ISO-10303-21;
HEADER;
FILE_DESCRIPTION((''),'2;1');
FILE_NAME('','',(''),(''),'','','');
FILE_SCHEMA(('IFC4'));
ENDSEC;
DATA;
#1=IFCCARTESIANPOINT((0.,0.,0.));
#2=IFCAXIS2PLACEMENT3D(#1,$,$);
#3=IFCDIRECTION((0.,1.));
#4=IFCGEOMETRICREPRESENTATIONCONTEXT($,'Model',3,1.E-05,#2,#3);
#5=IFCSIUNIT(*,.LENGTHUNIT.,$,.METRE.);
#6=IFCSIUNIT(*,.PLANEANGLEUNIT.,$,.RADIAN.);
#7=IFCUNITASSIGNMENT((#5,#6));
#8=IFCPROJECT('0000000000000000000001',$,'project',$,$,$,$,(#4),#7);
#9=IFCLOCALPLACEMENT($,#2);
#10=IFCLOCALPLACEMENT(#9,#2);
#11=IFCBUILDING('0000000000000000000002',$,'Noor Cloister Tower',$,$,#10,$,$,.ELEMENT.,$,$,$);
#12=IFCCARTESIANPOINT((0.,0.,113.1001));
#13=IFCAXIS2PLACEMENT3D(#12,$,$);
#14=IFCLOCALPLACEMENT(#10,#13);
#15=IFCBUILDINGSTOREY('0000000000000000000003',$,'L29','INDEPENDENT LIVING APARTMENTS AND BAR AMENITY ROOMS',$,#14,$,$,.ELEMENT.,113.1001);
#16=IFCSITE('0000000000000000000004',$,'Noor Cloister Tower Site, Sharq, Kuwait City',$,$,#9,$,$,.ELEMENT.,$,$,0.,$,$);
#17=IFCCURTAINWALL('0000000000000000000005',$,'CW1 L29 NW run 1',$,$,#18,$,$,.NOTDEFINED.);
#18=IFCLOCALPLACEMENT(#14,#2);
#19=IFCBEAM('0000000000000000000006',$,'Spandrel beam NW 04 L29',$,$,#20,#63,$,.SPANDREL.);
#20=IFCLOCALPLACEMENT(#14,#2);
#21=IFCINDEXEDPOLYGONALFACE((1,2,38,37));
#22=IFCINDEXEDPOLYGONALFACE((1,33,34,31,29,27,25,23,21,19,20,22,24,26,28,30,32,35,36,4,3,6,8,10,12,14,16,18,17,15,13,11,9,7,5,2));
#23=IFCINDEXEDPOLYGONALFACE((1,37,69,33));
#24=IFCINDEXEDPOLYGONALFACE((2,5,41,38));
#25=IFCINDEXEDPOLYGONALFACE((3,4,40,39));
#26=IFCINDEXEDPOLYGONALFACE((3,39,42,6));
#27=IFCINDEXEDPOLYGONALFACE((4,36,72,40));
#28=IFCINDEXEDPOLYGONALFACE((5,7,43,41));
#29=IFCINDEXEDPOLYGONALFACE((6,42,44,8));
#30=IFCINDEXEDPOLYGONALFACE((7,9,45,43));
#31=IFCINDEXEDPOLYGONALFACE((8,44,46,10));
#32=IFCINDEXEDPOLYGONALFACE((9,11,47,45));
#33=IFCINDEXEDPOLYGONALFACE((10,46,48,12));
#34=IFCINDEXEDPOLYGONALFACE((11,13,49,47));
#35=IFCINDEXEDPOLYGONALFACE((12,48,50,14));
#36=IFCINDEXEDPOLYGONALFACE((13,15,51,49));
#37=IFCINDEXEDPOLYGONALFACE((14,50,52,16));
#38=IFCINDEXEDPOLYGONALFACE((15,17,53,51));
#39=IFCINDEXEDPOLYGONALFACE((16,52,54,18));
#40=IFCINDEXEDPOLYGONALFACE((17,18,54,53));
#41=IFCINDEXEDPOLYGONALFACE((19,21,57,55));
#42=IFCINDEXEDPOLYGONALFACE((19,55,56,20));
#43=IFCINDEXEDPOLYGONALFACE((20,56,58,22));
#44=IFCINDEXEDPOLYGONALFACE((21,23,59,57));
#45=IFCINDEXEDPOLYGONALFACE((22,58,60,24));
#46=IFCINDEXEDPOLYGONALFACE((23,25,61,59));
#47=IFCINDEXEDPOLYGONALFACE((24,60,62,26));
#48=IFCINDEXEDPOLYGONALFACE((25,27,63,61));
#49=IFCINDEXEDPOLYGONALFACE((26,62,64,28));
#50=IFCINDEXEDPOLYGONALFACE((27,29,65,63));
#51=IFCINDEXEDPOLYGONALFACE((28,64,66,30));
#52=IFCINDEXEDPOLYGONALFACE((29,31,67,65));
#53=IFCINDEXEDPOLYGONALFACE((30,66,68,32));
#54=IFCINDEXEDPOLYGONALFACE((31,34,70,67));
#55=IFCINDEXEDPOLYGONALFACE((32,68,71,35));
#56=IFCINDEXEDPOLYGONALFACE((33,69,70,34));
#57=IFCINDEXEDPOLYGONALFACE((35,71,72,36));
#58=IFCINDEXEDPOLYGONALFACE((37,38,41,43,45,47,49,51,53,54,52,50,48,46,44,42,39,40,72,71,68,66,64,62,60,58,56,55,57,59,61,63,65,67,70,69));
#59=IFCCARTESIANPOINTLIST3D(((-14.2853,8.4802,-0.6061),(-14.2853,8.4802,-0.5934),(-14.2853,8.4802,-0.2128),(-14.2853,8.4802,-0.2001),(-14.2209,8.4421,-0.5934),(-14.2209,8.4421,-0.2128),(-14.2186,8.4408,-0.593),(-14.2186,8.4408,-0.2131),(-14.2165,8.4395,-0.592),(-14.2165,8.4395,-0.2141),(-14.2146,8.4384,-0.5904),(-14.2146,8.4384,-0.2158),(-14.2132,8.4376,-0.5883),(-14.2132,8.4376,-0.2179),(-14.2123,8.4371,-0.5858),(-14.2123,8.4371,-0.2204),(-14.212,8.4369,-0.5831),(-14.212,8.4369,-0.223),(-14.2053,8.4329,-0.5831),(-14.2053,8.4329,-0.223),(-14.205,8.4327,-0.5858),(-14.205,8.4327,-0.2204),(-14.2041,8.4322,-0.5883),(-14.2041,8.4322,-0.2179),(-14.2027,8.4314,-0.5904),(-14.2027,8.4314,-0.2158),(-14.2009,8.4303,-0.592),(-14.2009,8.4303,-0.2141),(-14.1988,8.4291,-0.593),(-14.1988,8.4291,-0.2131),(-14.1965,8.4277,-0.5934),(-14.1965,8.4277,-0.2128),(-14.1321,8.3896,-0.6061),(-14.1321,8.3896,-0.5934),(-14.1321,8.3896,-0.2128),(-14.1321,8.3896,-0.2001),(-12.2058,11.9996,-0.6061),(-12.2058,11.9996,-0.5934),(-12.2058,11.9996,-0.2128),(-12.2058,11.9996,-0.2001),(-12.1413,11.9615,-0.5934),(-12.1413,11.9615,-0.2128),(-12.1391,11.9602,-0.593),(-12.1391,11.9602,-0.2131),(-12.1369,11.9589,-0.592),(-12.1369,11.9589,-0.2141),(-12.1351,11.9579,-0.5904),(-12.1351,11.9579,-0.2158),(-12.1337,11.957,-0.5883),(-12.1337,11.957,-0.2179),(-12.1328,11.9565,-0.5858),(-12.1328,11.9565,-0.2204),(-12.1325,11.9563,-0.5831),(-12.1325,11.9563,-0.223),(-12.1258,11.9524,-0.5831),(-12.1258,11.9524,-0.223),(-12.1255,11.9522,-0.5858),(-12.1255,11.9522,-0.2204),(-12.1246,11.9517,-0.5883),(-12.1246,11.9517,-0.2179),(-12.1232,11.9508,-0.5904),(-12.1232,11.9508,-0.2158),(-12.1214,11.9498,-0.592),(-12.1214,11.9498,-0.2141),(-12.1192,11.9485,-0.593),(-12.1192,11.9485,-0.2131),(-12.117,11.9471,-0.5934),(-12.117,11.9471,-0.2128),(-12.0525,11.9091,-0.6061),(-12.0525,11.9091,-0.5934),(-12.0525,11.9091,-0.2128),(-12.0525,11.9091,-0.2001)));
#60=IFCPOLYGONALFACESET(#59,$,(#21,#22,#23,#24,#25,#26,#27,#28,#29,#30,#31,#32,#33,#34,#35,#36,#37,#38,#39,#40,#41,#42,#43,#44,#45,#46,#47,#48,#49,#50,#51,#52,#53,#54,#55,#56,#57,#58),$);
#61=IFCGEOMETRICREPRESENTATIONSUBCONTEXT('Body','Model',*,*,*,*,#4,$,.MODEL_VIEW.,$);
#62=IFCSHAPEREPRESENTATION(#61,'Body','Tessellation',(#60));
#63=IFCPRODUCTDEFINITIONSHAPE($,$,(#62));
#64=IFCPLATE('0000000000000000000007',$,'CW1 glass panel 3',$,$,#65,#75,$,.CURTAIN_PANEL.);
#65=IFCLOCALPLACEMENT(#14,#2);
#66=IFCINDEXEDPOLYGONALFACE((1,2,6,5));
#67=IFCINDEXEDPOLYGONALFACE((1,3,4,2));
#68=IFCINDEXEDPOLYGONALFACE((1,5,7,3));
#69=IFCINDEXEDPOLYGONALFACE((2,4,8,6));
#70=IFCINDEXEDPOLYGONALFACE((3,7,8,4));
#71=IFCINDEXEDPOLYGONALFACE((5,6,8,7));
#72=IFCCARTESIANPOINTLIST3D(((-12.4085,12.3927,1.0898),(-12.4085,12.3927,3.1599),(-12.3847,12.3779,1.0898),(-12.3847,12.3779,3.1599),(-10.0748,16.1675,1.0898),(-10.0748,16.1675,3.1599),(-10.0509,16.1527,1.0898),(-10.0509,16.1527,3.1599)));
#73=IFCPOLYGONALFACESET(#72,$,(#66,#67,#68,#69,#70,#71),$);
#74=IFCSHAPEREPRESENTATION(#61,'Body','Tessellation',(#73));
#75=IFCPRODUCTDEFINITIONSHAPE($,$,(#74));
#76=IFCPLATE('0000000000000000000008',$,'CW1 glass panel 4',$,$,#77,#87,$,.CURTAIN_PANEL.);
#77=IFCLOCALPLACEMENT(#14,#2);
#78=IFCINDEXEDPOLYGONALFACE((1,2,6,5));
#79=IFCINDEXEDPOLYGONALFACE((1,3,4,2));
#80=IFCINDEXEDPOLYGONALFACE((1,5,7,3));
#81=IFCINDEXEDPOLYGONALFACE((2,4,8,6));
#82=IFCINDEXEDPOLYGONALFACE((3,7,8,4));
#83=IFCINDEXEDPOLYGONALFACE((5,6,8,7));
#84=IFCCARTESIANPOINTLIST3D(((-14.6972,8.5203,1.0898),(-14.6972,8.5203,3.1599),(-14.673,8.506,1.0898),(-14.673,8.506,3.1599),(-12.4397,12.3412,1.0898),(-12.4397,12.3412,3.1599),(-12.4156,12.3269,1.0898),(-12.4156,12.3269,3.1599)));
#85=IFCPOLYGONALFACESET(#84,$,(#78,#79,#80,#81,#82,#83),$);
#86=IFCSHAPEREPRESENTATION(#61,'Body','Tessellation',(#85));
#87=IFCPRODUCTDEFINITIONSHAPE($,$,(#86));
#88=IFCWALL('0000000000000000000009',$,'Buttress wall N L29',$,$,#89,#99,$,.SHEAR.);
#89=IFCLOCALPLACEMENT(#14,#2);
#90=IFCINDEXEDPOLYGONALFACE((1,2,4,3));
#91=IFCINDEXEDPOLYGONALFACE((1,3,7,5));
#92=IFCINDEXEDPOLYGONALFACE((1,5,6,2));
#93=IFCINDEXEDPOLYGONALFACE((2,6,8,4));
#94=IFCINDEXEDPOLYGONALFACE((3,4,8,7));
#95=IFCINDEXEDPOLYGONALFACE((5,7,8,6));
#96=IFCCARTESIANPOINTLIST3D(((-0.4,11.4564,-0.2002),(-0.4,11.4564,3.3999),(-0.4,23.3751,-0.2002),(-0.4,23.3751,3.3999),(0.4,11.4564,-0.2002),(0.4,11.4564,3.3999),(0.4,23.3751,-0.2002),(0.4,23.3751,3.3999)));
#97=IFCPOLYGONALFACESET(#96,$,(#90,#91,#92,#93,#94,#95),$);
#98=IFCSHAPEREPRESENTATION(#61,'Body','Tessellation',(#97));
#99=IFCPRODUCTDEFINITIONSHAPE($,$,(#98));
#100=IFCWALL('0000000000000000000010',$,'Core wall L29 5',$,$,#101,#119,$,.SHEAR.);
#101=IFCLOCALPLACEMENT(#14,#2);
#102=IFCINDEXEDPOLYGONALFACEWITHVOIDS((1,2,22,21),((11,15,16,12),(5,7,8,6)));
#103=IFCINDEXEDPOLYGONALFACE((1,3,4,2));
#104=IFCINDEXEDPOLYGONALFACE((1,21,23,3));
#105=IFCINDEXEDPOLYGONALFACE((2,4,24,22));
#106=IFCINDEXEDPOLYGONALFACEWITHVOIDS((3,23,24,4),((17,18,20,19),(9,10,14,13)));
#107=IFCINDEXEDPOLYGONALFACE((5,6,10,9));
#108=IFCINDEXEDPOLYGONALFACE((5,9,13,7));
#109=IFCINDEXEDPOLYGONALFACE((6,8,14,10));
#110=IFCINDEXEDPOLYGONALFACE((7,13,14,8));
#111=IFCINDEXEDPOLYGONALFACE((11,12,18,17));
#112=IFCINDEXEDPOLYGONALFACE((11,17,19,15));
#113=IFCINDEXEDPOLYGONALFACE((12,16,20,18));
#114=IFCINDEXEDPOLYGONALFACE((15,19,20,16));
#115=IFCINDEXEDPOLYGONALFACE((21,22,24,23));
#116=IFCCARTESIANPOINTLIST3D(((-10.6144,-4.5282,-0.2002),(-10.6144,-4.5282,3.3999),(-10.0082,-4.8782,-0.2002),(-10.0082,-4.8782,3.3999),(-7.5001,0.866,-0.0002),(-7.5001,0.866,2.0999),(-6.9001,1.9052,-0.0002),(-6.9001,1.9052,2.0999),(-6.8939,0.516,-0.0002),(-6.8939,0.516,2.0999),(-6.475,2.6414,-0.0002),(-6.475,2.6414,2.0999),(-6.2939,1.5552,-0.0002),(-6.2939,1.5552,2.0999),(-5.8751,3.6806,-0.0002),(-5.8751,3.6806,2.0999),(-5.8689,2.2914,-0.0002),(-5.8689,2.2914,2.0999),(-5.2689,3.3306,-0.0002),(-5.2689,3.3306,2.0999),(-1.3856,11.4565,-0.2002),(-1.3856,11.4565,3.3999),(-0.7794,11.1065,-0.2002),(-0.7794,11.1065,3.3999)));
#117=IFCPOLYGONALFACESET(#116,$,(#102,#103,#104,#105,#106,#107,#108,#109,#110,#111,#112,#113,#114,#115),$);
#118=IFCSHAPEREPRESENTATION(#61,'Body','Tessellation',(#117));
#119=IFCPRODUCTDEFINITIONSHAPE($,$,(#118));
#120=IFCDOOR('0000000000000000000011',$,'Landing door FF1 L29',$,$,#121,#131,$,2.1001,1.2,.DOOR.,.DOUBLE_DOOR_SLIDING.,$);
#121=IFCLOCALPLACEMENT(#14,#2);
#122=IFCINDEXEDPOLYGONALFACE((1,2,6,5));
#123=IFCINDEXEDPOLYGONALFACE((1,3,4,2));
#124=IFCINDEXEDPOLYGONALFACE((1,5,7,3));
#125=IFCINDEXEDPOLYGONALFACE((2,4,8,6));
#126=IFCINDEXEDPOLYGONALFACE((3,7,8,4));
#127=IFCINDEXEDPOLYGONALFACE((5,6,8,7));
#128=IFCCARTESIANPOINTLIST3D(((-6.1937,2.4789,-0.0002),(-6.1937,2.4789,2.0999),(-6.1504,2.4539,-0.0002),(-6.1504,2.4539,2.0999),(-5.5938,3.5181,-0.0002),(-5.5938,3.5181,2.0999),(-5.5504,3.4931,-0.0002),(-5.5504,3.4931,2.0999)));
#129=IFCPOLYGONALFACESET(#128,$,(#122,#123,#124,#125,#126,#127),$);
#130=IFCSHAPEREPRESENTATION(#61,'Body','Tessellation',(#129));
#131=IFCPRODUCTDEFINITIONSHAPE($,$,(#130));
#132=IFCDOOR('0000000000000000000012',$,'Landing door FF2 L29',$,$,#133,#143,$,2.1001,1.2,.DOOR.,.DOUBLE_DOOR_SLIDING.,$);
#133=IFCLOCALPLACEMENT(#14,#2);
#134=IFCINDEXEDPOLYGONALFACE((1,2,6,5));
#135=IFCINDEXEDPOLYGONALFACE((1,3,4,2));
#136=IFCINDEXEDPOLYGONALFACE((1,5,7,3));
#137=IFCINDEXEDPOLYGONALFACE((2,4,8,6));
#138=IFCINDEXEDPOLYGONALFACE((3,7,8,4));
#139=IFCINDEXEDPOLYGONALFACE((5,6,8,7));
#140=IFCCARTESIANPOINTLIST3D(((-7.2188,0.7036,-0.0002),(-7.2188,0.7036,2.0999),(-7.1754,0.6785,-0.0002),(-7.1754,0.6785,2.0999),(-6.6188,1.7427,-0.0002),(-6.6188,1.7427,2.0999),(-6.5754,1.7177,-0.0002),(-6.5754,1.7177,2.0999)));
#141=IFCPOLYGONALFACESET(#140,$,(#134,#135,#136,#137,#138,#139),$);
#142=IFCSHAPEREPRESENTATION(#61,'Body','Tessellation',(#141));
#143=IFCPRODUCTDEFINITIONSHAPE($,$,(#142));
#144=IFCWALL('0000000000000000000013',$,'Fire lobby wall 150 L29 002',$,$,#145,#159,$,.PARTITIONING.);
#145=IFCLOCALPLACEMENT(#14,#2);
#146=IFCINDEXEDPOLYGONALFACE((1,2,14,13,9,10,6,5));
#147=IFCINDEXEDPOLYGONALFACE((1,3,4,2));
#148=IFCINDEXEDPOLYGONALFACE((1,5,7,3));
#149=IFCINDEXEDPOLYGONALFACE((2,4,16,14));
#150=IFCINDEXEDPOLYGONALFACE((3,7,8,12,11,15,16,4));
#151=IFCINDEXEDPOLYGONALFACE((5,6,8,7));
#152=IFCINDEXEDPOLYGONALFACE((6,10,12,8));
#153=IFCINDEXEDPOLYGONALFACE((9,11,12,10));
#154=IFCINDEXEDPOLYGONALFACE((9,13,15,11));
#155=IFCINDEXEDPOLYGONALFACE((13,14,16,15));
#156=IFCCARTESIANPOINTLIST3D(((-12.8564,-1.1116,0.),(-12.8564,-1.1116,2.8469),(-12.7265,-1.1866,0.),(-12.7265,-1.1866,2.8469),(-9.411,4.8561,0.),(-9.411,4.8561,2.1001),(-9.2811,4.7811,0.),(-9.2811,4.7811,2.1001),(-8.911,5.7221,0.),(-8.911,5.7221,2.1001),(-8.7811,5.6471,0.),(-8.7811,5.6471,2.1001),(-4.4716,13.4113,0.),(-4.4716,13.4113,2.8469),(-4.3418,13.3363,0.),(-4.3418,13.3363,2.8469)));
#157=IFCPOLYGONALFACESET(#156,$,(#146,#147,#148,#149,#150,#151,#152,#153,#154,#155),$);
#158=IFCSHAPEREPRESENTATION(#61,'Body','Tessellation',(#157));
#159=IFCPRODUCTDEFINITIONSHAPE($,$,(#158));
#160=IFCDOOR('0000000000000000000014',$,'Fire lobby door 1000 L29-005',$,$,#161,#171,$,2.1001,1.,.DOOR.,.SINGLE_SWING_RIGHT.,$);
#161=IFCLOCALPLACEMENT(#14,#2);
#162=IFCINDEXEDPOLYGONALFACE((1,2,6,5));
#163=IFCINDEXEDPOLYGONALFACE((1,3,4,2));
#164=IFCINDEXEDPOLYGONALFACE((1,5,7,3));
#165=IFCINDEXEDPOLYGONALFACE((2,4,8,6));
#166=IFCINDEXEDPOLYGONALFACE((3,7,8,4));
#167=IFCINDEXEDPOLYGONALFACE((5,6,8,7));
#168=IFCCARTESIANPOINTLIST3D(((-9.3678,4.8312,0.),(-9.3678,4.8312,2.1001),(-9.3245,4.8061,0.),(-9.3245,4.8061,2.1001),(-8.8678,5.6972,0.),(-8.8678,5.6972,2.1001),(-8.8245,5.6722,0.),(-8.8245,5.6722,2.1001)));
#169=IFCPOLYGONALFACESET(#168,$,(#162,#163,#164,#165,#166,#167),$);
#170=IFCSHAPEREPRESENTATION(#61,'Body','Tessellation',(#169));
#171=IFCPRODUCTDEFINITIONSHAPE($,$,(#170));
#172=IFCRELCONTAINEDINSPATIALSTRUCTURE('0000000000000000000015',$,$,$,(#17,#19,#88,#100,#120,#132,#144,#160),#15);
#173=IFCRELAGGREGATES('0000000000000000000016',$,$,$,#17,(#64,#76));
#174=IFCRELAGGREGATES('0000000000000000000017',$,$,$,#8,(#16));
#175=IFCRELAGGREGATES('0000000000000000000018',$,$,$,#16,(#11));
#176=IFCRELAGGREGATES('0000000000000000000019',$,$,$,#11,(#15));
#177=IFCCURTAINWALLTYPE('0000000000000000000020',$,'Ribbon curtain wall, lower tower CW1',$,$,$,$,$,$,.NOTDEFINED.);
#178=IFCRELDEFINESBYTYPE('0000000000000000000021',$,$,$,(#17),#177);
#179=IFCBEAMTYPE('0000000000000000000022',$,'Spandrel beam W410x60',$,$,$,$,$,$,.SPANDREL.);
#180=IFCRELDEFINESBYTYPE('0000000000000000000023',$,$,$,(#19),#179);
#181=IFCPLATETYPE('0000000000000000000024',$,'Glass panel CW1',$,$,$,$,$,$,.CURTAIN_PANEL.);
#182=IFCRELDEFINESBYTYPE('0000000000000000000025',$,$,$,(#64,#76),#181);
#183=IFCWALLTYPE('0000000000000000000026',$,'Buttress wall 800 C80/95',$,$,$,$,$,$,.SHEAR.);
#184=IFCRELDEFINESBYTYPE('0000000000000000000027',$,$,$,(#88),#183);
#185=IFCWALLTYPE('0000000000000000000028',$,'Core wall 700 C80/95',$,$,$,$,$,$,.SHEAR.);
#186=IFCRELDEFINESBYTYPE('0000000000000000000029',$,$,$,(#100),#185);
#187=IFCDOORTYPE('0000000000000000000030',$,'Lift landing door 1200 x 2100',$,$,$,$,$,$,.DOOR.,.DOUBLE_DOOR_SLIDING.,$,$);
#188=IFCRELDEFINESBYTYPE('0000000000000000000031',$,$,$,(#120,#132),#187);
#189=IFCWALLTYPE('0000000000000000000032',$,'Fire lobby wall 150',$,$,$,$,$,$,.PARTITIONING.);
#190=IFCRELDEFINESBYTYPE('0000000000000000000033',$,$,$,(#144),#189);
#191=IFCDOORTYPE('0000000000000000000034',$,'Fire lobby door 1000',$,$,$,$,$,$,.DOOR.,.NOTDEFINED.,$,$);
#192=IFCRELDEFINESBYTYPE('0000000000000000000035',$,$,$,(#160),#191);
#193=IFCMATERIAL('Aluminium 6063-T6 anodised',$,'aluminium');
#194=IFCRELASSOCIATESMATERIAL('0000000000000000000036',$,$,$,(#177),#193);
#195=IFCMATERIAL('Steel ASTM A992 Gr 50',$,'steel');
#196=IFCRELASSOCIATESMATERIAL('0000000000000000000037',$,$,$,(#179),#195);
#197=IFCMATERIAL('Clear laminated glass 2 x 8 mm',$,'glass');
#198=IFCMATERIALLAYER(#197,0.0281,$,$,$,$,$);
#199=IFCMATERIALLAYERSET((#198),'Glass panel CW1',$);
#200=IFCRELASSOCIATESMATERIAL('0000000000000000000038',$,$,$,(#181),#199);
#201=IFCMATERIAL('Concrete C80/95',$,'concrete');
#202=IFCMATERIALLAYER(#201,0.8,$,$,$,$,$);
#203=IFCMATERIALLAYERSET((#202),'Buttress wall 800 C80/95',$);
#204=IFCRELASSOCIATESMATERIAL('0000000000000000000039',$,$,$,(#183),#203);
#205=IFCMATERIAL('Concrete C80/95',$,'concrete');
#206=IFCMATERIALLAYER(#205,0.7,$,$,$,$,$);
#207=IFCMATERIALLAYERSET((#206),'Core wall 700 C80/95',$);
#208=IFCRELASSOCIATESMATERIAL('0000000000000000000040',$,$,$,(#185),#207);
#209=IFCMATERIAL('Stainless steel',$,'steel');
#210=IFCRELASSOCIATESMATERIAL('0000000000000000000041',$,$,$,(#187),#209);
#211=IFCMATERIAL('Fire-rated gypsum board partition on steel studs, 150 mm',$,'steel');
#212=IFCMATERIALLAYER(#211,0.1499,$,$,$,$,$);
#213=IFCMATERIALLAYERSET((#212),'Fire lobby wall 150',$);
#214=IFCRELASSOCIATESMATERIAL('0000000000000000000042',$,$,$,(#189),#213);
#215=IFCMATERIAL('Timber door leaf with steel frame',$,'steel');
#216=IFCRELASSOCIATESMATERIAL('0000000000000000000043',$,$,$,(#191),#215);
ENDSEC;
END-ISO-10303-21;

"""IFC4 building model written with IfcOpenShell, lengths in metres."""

from ifc_helpers import new_model, si_unit, direction, frame, frame_2d, origin, origin_2d, place, context, subcontext, project, spatial, rectangle, i_section, extrude, material, layer, layer_set, material_profile, profile_set, type_object, element, fill, aggregate, save


model = new_model("IFC4")

# Units and contexts
model_context = context("Model", 3, precision=1e-05, world=origin(), true_north=direction((0.0, 1.0)))
body_context = subcontext(model_context, "Body", "Model", "MODEL_VIEW")
ifc_project = project(units=[si_unit("LENGTHUNIT", "METRE"), si_unit("PLANEANGLEUNIT", "RADIAN")], contexts=[model_context])

# Site, building, storey
site_placement = place(None, origin())
site = spatial("IfcSite", under=ifc_project, at=site_placement, Name="Noor Cloister Tower Site, Sharq, Kuwait City", CompositionType="ELEMENT", RefElevation=0.0)
building_placement = place(site_placement, origin())
building = spatial("IfcBuilding", under=site, at=building_placement, Name="Noor Cloister Tower", CompositionType="ELEMENT")
storey_placement = place(building_placement, frame((0.0, 0.0, 113.1001)))
storey = spatial("IfcBuildingStorey", under=building, at=storey_placement, Name="L29", Description="INDEPENDENT LIVING APARTMENTS AND BAR AMENITY ROOMS", CompositionType="ELEMENT", Elevation=113.1001)

# Curtain wall
ifc_material_1 = material(Name="Aluminium 6063-T6 anodised", Category="aluminium")
curtain_wall_type = type_object("IfcCurtainWallType", Name="Ribbon curtain wall, lower tower CW1", PredefinedType="NOTDEFINED", material=ifc_material_1)
curtain_wall_placement = place(storey_placement, origin())
curtain_wall = element("IfcCurtainWall", 1, at=curtain_wall_placement, inside=storey, type_object=curtain_wall_type, Name="CW1 L29 NW run 1", PredefinedType="NOTDEFINED")

# Beam
ifc_material_2 = material(Name="Steel ASTM A992 Gr 50", Category="steel")
ifc_material_profile_1 = material_profile(ifc_material_2, i_section(OverallWidth=0.178, OverallDepth=0.406, WebThickness=0.0078, FlangeThickness=0.0127, FilletRadius=0.0103, at=origin_2d()), Name="W410x60")
ifc_profile_set_1 = profile_set([ifc_material_profile_1], Name="Steel ASTM A992 Gr 50")
beam_type_1 = type_object("IfcBeamType", Name="Spandrel beam W410x60", PredefinedType="SPANDREL", material=ifc_profile_set_1)
for number, where, z_axis, x_axis, name in (
    (2, (-12.1292, 11.9543, -0.4031), (-0.508705, -0.860941, 0.0), (0.860941, -0.508705, 0.0), "Spandrel beam NW 04 L29"),
):
    element("IfcBeam", number, at=place(storey_placement, frame(where, z_axis=z_axis, x_axis=x_axis)), inside=storey, type_object=beam_type_1, Name=name, PredefinedType="SPANDREL", context=body_context, shape_type="SweptSolid", body=[
        extrude(i_section(OverallWidth=0.178, OverallDepth=0.406, WebThickness=0.0078, FlangeThickness=0.0127, FilletRadius=0.0103, at=origin_2d()), origin(), (0.0, 0.0, 1.0), 4.0879),
    ])

# Plates
ifc_material_3 = material(Name="Clear laminated glass 2 x 8 mm", Category="glass")
ifc_layer_1 = layer(ifc_material_3, 0.0281)
ifc_layer_set_1 = layer_set([ifc_layer_1], Name="Glass panel CW1")
plate_type = type_object("IfcPlateType", Name="Glass panel CW1", PredefinedType="CURTAIN_PANEL", material=ifc_layer_set_1)
plate_1_placement = place(storey_placement, frame((-11.2297, 14.2727, 1.0898), z_axis=(0.0, 0.0, 1.0), x_axis=(-0.525852, -0.850576, 0.0)))
plate_1 = element("IfcPlate", 3, at=plate_1_placement, type_object=plate_type, Name="CW1 glass panel 3", PredefinedType="CURTAIN_PANEL", context=body_context, shape_type="SweptSolid", body=[
    extrude(rectangle(XDim=4.438, YDim=0.0281, at=origin_2d()), origin(), (0.0, 0.0, 1.0), 2.0701),
])
plate_2_placement = place(storey_placement, frame((-13.5564, 10.4236, 1.0898), z_axis=(0.0, 0.0, 1.0), x_axis=(-0.508669, -0.860962, 0.0)))
plate_2 = element("IfcPlate", 4, at=plate_2_placement, type_object=plate_type, Name="CW1 glass panel 4", PredefinedType="CURTAIN_PANEL", context=body_context, shape_type="SweptSolid", body=[
    extrude(rectangle(XDim=4.438, YDim=0.0281, at=origin_2d()), origin(), (0.0, 0.0, 1.0), 2.0701),
])
aggregate(curtain_wall, [plate_1, plate_2])

# Wall
ifc_material_4 = material(Name="Concrete C80/95", Category="concrete")
ifc_layer_2 = layer(ifc_material_4, 0.8)
ifc_layer_set_2 = layer_set([ifc_layer_2], Name="Buttress wall 800 C80/95")
wall_type_1 = type_object("IfcWallType", Name="Buttress wall 800 C80/95", PredefinedType="SHEAR", material=ifc_layer_set_2)
wall_1_placement = place(storey_placement, frame((0.0, 11.4563, -0.2002), z_axis=(0.0, 0.0, 1.0), x_axis=(0.0, 1.0, 0.0)))
element("IfcWall", 5, at=wall_1_placement, inside=storey, type_object=wall_type_1, Name="Buttress wall N L29", PredefinedType="SHEAR", context=body_context, shape_type="SweptSolid", body=[
    extrude(rectangle(XDim=11.9187, YDim=0.8, at=frame_2d((5.9595, 0.0))), origin(), (0.0, 0.0, 1.0), 3.6001),
])

# Wall, openings, doors
ifc_material_5 = material(Name="Concrete C80/95", Category="concrete")
ifc_layer_3 = layer(ifc_material_5, 0.7)
ifc_layer_set_3 = layer_set([ifc_layer_3], Name="Core wall 700 C80/95")
wall_type_2 = type_object("IfcWallType", Name="Core wall 700 C80/95", PredefinedType="SHEAR", material=ifc_layer_set_3)
wall_2_placement = place(storey_placement, frame((-1.0825, 11.2815, -0.2002), z_axis=(0.0, 0.0, 1.0), x_axis=(-0.500001, -0.866025, 0.0)))
wall_2 = element("IfcWall", 6, at=wall_2_placement, inside=storey, type_object=wall_type_2, Name="Core wall L29 5", PredefinedType="SHEAR", context=body_context, shape_type="SweptSolid", body=[
    extrude(rectangle(XDim=18.4575, YDim=0.7, at=frame_2d((9.2288, 0.0))), origin(), (0.0, 0.0, 1.0), 3.6001),
])
opening_1_placement = place(wall_2_placement, frame((8.9788, 0.0, 0.2)))
opening_1 = element("IfcOpeningElement", 7, at=opening_1_placement, cuts=wall_2, PredefinedType="OPENING", context=body_context, shape_type="SweptSolid", body=[
    extrude(rectangle(XDim=1.2, YDim=2.1001, at=frame_2d((0.6001, 1.05))), frame((0.0, 0.3599, 0.0), z_axis=(0.0, -1.0, 0.0), x_axis=(1.0, 0.0, 0.0)), (0.0, 0.0, 1.0), 0.72),
])
opening_2_placement = place(wall_2_placement, frame((11.0288, 0.0, 0.2)))
opening_2 = element("IfcOpeningElement", 8, at=opening_2_placement, cuts=wall_2, PredefinedType="OPENING", context=body_context, shape_type="SweptSolid", body=[
    extrude(rectangle(XDim=1.2, YDim=2.1001, at=frame_2d((0.6001, 1.05))), frame((0.0, 0.3599, 0.0), z_axis=(0.0, -1.0, 0.0), x_axis=(1.0, 0.0, 0.0)), (0.0, 0.0, 1.0), 0.72),
])
ifc_material_6 = material(Name="Stainless steel", Category="steel")
door_type_1 = type_object("IfcDoorType", Name="Lift landing door 1200 x 2100", OperationType="DOUBLE_DOOR_SLIDING", PredefinedType="DOOR", material=ifc_material_6)
door_1_placement = place(opening_1_placement, origin())
door_1 = element("IfcDoor", 9, at=door_1_placement, inside=storey, type_object=door_type_1, Name="Landing door FF1 L29", OperationType="DOUBLE_DOOR_SLIDING", OverallHeight=2.1001, OverallWidth=1.2, PredefinedType="DOOR", context=body_context, shape_type="SweptSolid", body=[
    extrude(rectangle(XDim=1.2, YDim=2.1001, at=frame_2d((0.6001, 1.05))), frame((0.0, 0.0249, 0.0), z_axis=(0.0, -1.0, 0.0), x_axis=(1.0, 0.0, 0.0)), (0.0, 0.0, 1.0), 0.05),
])
fill(opening_1, door_1)
door_2_placement = place(opening_2_placement, origin())
door_2 = element("IfcDoor", 10, at=door_2_placement, inside=storey, type_object=door_type_1, Name="Landing door FF2 L29", OperationType="DOUBLE_DOOR_SLIDING", OverallHeight=2.1001, OverallWidth=1.2, PredefinedType="DOOR", context=body_context, shape_type="SweptSolid", body=[
    extrude(rectangle(XDim=1.2, YDim=2.1001, at=frame_2d((0.6001, 1.05))), frame((0.0, 0.0249, 0.0), z_axis=(0.0, -1.0, 0.0), x_axis=(1.0, 0.0, 0.0)), (0.0, 0.0, 1.0), 0.05),
])
fill(opening_2, door_2)

# Wall, opening, door
ifc_material_7 = material(Name="Fire-rated gypsum board partition on steel studs, 150 mm", Category="steel")
ifc_layer_4 = layer(ifc_material_7, 0.1499)
ifc_layer_set_4 = layer_set([ifc_layer_4], Name="Fire lobby wall 150")
wall_type_3 = type_object("IfcWallType", Name="Fire lobby wall 150", PredefinedType="PARTITIONING", material=ifc_layer_set_4)
wall_3_placement = place(storey_placement, frame((-4.4067, 13.3738, 0.0), z_axis=(0.0, 0.0, 1.0), x_axis=(-0.499997, -0.866027, 0.0)))
wall_3 = element("IfcWall", 11, at=wall_3_placement, inside=storey, type_object=wall_type_3, Name="Fire lobby wall 150 L29 002", PredefinedType="PARTITIONING", context=body_context, shape_type="SweptSolid", body=[
    extrude(rectangle(XDim=16.7695, YDim=0.1499, at=frame_2d((8.3848, 0.0))), origin(), (0.0, 0.0, 1.0), 2.8469),
])
opening_3_placement = place(wall_3_placement, frame((8.8787, 0.0, 0.0)))
opening_3 = element("IfcOpeningElement", 12, at=opening_3_placement, cuts=wall_3, PredefinedType="OPENING", context=body_context, shape_type="SweptSolid", body=[
    extrude(rectangle(XDim=1.0, YDim=2.1001, at=frame_2d((0.5, 1.05))), frame((0.0, 0.085, 0.0), z_axis=(0.0, -1.0, 0.0), x_axis=(1.0, 0.0, 0.0)), (0.0, 0.0, 1.0), 0.1699),
])
ifc_material_8 = material(Name="Timber door leaf with steel frame", Category="steel")
door_type_2 = type_object("IfcDoorType", Name="Fire lobby door 1000", OperationType="NOTDEFINED", PredefinedType="DOOR", material=ifc_material_8)
door_3_placement = place(opening_3_placement, origin())
door_3 = element("IfcDoor", 13, at=door_3_placement, inside=storey, type_object=door_type_2, Name="Fire lobby door 1000 L29-005", OperationType="SINGLE_SWING_RIGHT", OverallHeight=2.1001, OverallWidth=1.0, PredefinedType="DOOR", context=body_context, shape_type="SweptSolid", body=[
    extrude(rectangle(XDim=1.0, YDim=2.1001, at=frame_2d((0.5, 1.05))), frame((0.0, 0.0249, 0.0), z_axis=(0.0, -1.0, 0.0), x_axis=(1.0, 0.0, 0.0)), (0.0, 0.0, 1.0), 0.05),
])
fill(opening_3, door_3)

save(model, "model.ifc")
